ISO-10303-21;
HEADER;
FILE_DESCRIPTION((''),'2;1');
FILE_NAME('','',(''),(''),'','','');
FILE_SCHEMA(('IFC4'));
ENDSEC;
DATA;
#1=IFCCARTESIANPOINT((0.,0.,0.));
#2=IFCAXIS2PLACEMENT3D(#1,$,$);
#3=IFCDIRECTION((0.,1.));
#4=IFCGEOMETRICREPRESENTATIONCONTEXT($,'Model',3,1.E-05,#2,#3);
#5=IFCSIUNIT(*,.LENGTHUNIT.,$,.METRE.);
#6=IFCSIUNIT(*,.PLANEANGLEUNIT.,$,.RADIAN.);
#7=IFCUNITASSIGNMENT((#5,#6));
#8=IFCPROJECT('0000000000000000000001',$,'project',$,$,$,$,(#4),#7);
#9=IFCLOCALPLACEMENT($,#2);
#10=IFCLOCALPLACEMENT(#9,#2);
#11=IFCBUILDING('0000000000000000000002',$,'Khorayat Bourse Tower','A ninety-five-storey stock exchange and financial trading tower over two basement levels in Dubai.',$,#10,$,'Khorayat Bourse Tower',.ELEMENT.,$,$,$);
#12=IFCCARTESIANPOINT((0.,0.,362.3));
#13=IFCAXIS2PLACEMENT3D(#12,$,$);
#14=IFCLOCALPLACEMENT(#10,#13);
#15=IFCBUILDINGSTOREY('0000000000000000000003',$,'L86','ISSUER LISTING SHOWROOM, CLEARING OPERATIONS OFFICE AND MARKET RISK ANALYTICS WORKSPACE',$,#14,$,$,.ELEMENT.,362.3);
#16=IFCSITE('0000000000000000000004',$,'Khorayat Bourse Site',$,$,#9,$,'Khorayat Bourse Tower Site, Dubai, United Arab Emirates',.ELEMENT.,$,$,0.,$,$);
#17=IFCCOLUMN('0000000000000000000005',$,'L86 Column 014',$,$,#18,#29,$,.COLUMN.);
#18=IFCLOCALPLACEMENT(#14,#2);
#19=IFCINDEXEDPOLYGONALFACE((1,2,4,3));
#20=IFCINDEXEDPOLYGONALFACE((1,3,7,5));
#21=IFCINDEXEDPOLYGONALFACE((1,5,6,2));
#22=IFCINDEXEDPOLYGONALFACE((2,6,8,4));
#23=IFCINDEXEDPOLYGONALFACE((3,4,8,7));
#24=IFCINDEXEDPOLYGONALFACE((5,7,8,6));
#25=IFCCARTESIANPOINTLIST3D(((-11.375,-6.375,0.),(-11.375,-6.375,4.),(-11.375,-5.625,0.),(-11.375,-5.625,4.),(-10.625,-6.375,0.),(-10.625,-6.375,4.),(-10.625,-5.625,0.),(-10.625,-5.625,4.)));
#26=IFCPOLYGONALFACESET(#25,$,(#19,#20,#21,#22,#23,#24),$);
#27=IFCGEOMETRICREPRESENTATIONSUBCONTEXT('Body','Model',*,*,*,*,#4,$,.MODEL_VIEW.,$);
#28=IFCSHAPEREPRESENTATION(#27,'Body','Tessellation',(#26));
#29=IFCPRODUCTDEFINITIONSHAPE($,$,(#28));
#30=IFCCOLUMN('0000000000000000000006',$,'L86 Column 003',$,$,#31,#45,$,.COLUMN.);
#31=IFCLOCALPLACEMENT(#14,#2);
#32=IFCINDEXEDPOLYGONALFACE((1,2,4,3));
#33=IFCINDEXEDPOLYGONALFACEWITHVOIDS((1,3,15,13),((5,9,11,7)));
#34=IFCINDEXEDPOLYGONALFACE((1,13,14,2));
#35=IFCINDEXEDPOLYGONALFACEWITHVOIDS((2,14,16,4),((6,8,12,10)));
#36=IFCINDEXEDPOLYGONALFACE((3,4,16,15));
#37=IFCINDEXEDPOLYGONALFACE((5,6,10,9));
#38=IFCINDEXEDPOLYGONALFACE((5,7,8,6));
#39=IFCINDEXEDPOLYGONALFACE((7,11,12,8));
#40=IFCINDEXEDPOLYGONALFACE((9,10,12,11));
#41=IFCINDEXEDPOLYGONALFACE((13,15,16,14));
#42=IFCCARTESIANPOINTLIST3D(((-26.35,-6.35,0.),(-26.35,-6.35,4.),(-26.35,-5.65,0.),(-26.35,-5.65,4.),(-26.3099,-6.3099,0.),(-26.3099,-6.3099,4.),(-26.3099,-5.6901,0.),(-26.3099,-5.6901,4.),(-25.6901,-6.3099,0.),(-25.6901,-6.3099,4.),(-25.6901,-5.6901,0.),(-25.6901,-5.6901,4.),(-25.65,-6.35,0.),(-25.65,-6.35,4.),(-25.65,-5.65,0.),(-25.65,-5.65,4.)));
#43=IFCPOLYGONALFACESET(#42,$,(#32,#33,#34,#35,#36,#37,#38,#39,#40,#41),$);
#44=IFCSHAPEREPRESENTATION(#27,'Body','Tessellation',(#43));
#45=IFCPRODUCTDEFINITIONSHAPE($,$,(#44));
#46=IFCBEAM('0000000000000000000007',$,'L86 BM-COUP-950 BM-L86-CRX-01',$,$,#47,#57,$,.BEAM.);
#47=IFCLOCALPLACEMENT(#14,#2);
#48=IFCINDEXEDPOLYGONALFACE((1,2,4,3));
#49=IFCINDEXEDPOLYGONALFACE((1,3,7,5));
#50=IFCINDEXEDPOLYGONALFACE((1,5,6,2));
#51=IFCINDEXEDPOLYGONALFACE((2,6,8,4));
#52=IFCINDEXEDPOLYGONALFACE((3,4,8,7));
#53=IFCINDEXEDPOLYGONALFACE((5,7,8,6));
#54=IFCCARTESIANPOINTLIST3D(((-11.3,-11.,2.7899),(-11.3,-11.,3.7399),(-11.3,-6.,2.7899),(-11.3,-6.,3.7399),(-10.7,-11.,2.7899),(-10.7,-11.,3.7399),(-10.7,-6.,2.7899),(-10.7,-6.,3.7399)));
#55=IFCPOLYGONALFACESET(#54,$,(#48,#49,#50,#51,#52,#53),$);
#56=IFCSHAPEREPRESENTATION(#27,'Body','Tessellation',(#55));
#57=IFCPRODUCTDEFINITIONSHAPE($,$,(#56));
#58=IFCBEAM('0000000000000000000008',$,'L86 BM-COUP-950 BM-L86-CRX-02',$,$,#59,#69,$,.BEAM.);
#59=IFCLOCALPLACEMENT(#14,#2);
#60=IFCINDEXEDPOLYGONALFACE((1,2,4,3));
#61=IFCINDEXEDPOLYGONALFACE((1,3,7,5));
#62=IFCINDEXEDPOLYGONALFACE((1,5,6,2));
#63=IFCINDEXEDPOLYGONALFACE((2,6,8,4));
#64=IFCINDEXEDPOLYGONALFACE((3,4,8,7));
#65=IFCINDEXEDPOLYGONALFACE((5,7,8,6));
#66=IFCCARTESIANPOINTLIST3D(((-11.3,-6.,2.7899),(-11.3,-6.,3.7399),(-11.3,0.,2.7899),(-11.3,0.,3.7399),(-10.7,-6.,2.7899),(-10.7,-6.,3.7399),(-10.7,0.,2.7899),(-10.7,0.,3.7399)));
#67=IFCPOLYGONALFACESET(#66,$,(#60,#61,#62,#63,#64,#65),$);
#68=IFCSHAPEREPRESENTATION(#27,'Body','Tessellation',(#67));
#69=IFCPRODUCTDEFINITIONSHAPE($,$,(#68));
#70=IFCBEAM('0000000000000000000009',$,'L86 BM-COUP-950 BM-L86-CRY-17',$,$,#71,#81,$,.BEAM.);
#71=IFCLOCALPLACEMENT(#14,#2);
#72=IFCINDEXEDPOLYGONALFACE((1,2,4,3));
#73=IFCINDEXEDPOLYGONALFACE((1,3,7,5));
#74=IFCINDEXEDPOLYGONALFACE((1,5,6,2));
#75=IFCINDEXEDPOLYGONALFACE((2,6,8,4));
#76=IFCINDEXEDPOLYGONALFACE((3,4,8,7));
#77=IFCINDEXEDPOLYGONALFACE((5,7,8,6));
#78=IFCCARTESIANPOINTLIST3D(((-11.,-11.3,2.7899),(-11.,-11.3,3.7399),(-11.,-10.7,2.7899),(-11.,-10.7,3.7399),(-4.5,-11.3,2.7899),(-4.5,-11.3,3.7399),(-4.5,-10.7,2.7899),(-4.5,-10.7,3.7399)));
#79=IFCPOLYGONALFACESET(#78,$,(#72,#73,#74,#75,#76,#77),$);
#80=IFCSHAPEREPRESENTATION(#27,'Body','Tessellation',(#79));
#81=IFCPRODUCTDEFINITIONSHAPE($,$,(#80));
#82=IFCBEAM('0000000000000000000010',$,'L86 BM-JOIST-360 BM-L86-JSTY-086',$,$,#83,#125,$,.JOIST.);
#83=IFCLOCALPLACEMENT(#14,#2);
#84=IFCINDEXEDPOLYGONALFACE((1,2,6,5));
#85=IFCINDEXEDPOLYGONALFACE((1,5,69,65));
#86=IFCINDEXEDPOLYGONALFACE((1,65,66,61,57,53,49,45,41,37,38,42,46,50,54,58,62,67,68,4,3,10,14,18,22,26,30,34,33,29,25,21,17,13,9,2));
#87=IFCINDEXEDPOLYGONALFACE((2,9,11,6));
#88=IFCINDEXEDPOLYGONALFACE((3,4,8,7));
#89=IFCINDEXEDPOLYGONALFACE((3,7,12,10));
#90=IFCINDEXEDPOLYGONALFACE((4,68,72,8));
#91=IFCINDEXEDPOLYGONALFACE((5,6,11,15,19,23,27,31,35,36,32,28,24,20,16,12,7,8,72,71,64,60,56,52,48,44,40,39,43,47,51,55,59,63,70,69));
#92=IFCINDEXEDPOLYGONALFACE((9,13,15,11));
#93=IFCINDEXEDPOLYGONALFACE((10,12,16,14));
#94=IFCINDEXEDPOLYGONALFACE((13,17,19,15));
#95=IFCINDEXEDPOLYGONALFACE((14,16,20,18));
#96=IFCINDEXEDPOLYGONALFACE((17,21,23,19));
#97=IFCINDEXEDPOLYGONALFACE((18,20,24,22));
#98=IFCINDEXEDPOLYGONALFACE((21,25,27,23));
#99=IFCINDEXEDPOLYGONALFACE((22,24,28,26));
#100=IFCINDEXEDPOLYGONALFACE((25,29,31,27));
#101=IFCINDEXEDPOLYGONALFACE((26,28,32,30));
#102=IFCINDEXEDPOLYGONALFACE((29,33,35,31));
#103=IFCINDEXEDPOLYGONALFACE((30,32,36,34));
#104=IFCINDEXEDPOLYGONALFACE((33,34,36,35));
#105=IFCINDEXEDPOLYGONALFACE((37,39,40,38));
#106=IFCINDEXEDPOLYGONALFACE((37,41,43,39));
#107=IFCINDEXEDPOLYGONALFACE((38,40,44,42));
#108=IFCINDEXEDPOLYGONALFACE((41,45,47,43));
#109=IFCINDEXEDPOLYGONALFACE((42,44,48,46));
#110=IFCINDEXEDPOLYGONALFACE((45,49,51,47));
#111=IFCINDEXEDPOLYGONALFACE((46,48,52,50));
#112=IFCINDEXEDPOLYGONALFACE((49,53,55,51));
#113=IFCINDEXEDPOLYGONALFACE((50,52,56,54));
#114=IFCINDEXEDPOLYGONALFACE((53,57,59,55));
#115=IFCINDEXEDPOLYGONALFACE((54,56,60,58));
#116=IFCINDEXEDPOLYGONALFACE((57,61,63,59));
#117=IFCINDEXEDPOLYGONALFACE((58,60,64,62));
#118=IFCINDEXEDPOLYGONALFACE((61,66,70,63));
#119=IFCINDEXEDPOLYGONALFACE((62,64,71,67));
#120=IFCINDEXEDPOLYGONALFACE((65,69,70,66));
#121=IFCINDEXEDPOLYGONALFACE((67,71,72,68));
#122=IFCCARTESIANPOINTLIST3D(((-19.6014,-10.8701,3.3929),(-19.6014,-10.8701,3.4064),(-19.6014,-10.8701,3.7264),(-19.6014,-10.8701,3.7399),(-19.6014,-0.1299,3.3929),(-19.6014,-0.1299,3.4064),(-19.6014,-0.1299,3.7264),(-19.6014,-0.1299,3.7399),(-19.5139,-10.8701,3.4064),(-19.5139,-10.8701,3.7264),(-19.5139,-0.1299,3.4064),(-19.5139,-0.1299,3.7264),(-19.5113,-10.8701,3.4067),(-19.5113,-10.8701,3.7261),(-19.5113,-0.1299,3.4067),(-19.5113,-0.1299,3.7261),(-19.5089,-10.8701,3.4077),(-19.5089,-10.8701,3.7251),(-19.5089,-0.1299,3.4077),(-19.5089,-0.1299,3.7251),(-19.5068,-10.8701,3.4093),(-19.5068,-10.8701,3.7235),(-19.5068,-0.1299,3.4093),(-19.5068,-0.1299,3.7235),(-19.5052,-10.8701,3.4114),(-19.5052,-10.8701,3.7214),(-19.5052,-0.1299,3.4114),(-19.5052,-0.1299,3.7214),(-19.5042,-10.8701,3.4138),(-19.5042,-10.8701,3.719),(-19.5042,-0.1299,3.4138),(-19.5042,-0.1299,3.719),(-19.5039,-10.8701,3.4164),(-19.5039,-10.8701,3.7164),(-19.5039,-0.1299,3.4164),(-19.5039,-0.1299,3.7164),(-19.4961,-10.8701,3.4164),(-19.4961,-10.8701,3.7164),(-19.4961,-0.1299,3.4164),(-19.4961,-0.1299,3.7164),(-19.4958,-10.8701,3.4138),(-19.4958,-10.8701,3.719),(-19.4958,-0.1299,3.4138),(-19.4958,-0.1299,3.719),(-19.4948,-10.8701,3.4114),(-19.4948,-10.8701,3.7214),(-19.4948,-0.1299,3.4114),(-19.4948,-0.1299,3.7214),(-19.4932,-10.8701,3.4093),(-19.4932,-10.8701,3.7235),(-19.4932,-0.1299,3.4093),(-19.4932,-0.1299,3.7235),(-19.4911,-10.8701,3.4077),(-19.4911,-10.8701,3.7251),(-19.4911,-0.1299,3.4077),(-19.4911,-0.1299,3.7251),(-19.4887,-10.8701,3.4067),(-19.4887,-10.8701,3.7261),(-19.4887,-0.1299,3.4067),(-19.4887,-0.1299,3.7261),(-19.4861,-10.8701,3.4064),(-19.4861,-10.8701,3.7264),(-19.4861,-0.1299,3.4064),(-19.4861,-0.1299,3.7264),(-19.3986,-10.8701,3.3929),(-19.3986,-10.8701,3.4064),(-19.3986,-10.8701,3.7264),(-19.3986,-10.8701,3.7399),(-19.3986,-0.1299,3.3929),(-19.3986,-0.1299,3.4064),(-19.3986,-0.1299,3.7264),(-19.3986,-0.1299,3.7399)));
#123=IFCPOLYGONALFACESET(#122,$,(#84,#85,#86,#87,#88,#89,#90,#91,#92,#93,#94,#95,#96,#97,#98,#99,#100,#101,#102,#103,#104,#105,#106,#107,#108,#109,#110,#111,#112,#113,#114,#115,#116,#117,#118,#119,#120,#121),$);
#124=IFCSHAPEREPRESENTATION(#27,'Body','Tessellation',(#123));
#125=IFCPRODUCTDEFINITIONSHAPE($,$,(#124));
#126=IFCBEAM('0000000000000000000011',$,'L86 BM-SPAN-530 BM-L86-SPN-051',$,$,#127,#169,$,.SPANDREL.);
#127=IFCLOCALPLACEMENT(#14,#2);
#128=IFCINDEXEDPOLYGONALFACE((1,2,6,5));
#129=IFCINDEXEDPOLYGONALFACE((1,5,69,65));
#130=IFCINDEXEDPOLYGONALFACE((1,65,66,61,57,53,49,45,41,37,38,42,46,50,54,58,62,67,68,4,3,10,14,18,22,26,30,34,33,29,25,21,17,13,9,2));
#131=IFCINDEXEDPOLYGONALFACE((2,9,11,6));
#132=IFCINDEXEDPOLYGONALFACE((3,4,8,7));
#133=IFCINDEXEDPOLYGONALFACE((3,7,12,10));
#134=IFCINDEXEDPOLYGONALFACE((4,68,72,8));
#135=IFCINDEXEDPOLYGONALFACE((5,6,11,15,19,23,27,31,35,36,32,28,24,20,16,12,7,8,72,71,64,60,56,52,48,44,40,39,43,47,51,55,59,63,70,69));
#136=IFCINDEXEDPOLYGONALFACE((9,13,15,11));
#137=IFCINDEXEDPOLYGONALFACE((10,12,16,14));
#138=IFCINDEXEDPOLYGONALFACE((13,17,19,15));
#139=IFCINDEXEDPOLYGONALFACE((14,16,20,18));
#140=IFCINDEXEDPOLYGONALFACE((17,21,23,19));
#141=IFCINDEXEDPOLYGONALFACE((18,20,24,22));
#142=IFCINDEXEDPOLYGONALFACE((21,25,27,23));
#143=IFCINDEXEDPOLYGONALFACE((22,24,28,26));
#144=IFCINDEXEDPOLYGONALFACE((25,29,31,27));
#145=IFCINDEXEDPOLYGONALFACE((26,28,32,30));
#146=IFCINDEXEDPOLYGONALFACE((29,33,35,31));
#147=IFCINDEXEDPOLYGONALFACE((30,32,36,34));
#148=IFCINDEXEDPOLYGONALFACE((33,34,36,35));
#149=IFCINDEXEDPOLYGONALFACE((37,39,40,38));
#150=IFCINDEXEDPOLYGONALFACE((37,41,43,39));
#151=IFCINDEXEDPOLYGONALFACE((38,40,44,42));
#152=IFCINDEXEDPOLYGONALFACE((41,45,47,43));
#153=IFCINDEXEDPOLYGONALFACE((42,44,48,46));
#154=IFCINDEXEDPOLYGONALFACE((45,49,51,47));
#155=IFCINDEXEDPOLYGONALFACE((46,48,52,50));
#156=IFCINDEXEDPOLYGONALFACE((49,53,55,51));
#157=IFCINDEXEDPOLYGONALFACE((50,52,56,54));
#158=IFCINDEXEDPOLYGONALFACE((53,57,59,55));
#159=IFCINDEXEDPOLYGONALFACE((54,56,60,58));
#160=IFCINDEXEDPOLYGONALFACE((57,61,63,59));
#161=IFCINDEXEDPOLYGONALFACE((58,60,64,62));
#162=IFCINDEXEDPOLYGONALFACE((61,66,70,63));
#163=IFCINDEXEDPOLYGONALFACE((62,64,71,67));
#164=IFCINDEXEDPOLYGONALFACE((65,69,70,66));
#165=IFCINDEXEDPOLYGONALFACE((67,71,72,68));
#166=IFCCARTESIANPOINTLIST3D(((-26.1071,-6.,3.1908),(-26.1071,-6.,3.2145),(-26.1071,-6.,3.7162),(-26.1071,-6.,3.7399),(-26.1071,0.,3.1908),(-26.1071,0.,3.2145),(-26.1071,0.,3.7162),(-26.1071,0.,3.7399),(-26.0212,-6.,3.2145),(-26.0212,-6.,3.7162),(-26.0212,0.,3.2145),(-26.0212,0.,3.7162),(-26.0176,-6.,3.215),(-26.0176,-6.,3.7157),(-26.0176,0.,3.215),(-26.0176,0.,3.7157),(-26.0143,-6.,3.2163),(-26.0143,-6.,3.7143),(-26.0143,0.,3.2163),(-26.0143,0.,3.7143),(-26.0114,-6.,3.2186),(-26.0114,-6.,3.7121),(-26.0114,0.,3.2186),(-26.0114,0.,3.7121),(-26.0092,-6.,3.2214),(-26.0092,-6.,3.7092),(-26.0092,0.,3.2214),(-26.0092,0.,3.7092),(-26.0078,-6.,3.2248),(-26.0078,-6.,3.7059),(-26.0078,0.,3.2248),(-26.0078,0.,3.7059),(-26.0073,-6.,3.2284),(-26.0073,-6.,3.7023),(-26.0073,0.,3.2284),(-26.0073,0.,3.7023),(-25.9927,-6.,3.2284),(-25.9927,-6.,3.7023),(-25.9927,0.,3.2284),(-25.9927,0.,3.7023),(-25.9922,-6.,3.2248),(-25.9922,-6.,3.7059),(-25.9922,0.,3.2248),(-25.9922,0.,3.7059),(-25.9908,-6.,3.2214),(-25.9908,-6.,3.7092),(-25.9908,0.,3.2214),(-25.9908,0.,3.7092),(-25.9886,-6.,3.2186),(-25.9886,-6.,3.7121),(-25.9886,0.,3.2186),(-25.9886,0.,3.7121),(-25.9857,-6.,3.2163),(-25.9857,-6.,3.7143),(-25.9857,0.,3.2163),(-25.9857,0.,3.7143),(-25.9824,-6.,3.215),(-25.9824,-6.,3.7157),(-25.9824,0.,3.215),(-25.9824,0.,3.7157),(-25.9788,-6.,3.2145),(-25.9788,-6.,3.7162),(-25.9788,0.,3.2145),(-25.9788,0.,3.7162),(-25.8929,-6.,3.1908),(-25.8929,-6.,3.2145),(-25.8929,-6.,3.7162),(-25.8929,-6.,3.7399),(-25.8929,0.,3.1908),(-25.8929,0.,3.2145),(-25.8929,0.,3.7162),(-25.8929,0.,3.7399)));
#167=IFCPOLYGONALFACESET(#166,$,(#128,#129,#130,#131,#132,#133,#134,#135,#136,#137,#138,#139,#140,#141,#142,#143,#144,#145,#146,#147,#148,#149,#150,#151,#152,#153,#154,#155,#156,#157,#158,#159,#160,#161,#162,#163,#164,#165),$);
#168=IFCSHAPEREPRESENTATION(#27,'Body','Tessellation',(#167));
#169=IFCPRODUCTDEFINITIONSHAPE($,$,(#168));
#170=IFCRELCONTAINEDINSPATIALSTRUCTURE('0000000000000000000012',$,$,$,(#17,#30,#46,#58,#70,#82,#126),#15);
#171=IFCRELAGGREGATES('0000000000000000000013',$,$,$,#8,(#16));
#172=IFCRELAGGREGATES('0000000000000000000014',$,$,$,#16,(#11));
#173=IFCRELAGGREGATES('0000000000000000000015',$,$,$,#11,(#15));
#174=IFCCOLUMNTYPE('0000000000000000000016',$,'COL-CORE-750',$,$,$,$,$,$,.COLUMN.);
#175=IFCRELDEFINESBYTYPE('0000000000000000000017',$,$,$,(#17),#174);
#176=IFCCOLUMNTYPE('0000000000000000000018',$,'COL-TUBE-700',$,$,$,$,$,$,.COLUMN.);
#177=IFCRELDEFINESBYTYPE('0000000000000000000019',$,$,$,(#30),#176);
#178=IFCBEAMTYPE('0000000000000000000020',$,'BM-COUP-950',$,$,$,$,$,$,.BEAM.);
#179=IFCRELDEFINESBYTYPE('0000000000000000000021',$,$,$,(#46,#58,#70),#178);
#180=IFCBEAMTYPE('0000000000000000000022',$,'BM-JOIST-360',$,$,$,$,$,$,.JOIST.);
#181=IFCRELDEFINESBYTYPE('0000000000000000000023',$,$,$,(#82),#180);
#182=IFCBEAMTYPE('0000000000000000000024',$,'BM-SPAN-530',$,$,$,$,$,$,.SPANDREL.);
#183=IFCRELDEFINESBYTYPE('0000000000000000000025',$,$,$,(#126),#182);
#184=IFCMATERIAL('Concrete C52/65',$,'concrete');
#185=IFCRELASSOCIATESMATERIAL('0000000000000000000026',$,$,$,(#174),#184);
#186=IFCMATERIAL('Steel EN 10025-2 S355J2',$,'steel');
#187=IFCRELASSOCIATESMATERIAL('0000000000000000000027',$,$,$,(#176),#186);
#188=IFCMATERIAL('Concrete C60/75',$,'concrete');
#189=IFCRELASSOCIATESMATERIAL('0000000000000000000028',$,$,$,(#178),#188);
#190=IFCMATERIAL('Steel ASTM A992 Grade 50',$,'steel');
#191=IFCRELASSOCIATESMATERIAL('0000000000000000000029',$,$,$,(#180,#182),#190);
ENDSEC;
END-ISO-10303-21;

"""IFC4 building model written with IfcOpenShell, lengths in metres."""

from ifc_helpers import new_model, si_unit, direction, frame, origin, origin_2d, place, context, subcontext, project, spatial, rectangle, hollow_rectangle, i_section, extrude, source, transform, mapped, material, material_profile, profile_set, type_object, element, save


model = new_model("IFC4")

# Units and contexts
model_context = context("Model", 3, precision=1e-05, world=origin(), true_north=direction((0.0, 1.0)))
body_context = subcontext(model_context, "Body", "Model", "MODEL_VIEW")
ifc_project = project(units=[si_unit("LENGTHUNIT", "METRE"), si_unit("PLANEANGLEUNIT", "RADIAN")], contexts=[model_context])

# Site, building, storey
site_placement = place(None, origin())
site = spatial("IfcSite", under=ifc_project, at=site_placement, Name="Khorayat Bourse Site", LongName="Khorayat Bourse Tower Site, Dubai, United Arab Emirates", CompositionType="ELEMENT", RefElevation=0.0)
building_placement = place(site_placement, origin())
building = spatial("IfcBuilding", under=site, at=building_placement, Name="Khorayat Bourse Tower", Description="A ninety-five-storey stock exchange and financial trading tower over two basement levels in Dubai.", LongName="Khorayat Bourse Tower", CompositionType="ELEMENT")
storey_placement = place(building_placement, frame((0.0, 0.0, 362.3)))
storey = spatial("IfcBuildingStorey", under=building, at=storey_placement, Name="L86", Description="ISSUER LISTING SHOWROOM, CLEARING OPERATIONS OFFICE AND MARKET RISK ANALYTICS WORKSPACE", CompositionType="ELEMENT", Elevation=362.3)

# Columns
ifc_material_1 = material(Name="Concrete C52/65", Category="concrete")
ifc_material_profile_1 = material_profile(ifc_material_1, rectangle(XDim=0.75, YDim=0.75, at=origin_2d()), Name="RC 750x750")
ifc_profile_set_1 = profile_set([ifc_material_profile_1], Name="Concrete C52/65")
column_type_1 = type_object("IfcColumnType", Name="COL-CORE-750", PredefinedType="COLUMN", material=ifc_profile_set_1)
shared_shape_1 = source(origin(), body_context, "Body", "SweptSolid", [
    extrude(rectangle(XDim=0.75, YDim=0.75, at=origin_2d()), origin(), (0.0, 0.0, 1.0), 4.0),
])
column_1_placement = place(storey_placement, frame((-11.0, -6.0, 0.0), z_axis=(0.0, 0.0, 1.0), x_axis=(1.0, 0.0, 0.0)))
element("IfcColumn", 1, at=column_1_placement, inside=storey, type_object=column_type_1, Name="L86 Column 014", PredefinedType="COLUMN", context=body_context, shape_type="MappedRepresentation", body=[
    mapped(shared_shape_1, transform((0.0, 0.0, 0.0), scale=1.0)),
])
ifc_material_2 = material(Name="Steel EN 10025-2 S355J2", Category="steel")
ifc_material_profile_2 = material_profile(ifc_material_2, hollow_rectangle(XDim=0.7, YDim=0.7, WallThickness=0.04, at=origin_2d()), Name="BOX 700x700x40")
ifc_profile_set_2 = profile_set([ifc_material_profile_2], Name="Steel EN 10025-2 S355J2")
column_type_2 = type_object("IfcColumnType", Name="COL-TUBE-700", PredefinedType="COLUMN", material=ifc_profile_set_2)
shared_shape_2 = source(origin(), body_context, "Body", "SweptSolid", [
    extrude(hollow_rectangle(XDim=0.7, YDim=0.7, WallThickness=0.04, at=origin_2d()), origin(), (0.0, 0.0, 1.0), 4.0),
])
column_2_placement = place(storey_placement, frame((-26.0, -6.0, 0.0), z_axis=(0.0, 0.0, 1.0), x_axis=(1.0, 0.0, 0.0)))
element("IfcColumn", 2, at=column_2_placement, inside=storey, type_object=column_type_2, Name="L86 Column 003", PredefinedType="COLUMN", context=body_context, shape_type="MappedRepresentation", body=[
    mapped(shared_shape_2, transform((0.0, 0.0, 0.0), scale=1.0)),
])

# Beams
ifc_material_3 = material(Name="Concrete C60/75", Category="concrete")
ifc_material_profile_3 = material_profile(ifc_material_3, rectangle(XDim=0.6001, YDim=0.95, at=origin_2d()), Name="RC 600x950")
ifc_profile_set_3 = profile_set([ifc_material_profile_3], Name="Concrete C60/75")
beam_type_1 = type_object("IfcBeamType", Name="BM-COUP-950", PredefinedType="BEAM", material=ifc_profile_set_3)
shared_shape_3 = source(origin(), body_context, "Body", "SweptSolid", [
    extrude(rectangle(XDim=0.6001, YDim=0.95, at=origin_2d()), origin(), (0.0, 0.0, 1.0), 5.0),
])
beam_1_placement = place(storey_placement, frame((-11.0, -11.0, 3.2649), z_axis=(0.0, 1.0, 0.0), x_axis=(-1.0, 0.0, 0.0)))
element("IfcBeam", 3, at=beam_1_placement, inside=storey, type_object=beam_type_1, Name="L86 BM-COUP-950 BM-L86-CRX-01", PredefinedType="BEAM", context=body_context, shape_type="MappedRepresentation", body=[
    mapped(shared_shape_3, transform((0.0, 0.0, 0.0), scale=1.0)),
])
shared_shape_4 = source(origin(), body_context, "Body", "SweptSolid", [
    extrude(rectangle(XDim=0.6001, YDim=0.95, at=origin_2d()), origin(), (0.0, 0.0, 1.0), 6.0),
])
beam_2_placement = place(storey_placement, frame((-11.0, -6.0, 3.2649), z_axis=(0.0, 1.0, 0.0), x_axis=(-1.0, 0.0, 0.0)))
element("IfcBeam", 4, at=beam_2_placement, inside=storey, type_object=beam_type_1, Name="L86 BM-COUP-950 BM-L86-CRX-02", PredefinedType="BEAM", context=body_context, shape_type="MappedRepresentation", body=[
    mapped(shared_shape_4, transform((0.0, 0.0, 0.0), scale=1.0)),
])
shared_shape_5 = source(origin(), body_context, "Body", "SweptSolid", [
    extrude(rectangle(XDim=0.6001, YDim=0.95, at=origin_2d()), origin(), (0.0, 0.0, 1.0), 6.5),
])
beam_3_placement = place(storey_placement, frame((-11.0, -11.0, 3.2649), z_axis=(1.0, 0.0, 0.0), x_axis=(0.0, 1.0, 0.0)))
element("IfcBeam", 5, at=beam_3_placement, inside=storey, type_object=beam_type_1, Name="L86 BM-COUP-950 BM-L86-CRY-17", PredefinedType="BEAM", context=body_context, shape_type="MappedRepresentation", body=[
    mapped(shared_shape_5, transform((0.0, 0.0, 0.0), scale=1.0)),
])
ifc_material_4 = material(Name="Steel ASTM A992 Grade 50", Category="steel")
ifc_material_profile_4 = material_profile(ifc_material_4, i_section(OverallWidth=0.2029, OverallDepth=0.3469, WebThickness=0.0078, FlangeThickness=0.0134, FilletRadius=0.01, at=origin_2d()), Name="W360X64")
ifc_profile_set_4 = profile_set([ifc_material_profile_4], Name="Steel ASTM A992 Grade 50")
beam_type_2 = type_object("IfcBeamType", Name="BM-JOIST-360", PredefinedType="JOIST", material=ifc_profile_set_4)
shared_shape_6 = source(origin(), body_context, "Body", "SweptSolid", [
    extrude(i_section(OverallWidth=0.2029, OverallDepth=0.3469, WebThickness=0.0078, FlangeThickness=0.0134, FilletRadius=0.01, at=origin_2d()), origin(), (0.0, 0.0, 1.0), 10.7402),
])
beam_4_placement = place(storey_placement, frame((-19.5, -10.8701, 3.5664), z_axis=(0.0, 1.0, 0.0), x_axis=(-1.0, 0.0, 0.0)))
element("IfcBeam", 6, at=beam_4_placement, inside=storey, type_object=beam_type_2, Name="L86 BM-JOIST-360 BM-L86-JSTY-086", PredefinedType="JOIST", context=body_context, shape_type="MappedRepresentation", body=[
    mapped(shared_shape_6, transform((0.0, 0.0, 0.0), scale=1.0)),
])
ifc_material_profile_5 = material_profile(ifc_material_4, i_section(OverallWidth=0.2141, OverallDepth=0.5491, WebThickness=0.0146, FlangeThickness=0.0237, FilletRadius=0.0139, at=origin_2d()), Name="W530X138")
ifc_profile_set_5 = profile_set([ifc_material_profile_5], Name="Steel ASTM A992 Grade 50")
beam_type_3 = type_object("IfcBeamType", Name="BM-SPAN-530", PredefinedType="SPANDREL", material=ifc_profile_set_5)
shared_shape_7 = source(origin(), body_context, "Body", "SweptSolid", [
    extrude(i_section(OverallWidth=0.2141, OverallDepth=0.5491, WebThickness=0.0146, FlangeThickness=0.0237, FilletRadius=0.0139, at=origin_2d()), origin(), (0.0, 0.0, 1.0), 6.0),
])
beam_5_placement = place(storey_placement, frame((-26.0, -6.0, 3.4653), z_axis=(0.0, 1.0, 0.0), x_axis=(-1.0, 0.0, 0.0)))
element("IfcBeam", 7, at=beam_5_placement, inside=storey, type_object=beam_type_3, Name="L86 BM-SPAN-530 BM-L86-SPN-051", PredefinedType="SPANDREL", context=body_context, shape_type="MappedRepresentation", body=[
    mapped(shared_shape_7, transform((0.0, 0.0, 0.0), scale=1.0)),
])

save(model, "model.ifc")
